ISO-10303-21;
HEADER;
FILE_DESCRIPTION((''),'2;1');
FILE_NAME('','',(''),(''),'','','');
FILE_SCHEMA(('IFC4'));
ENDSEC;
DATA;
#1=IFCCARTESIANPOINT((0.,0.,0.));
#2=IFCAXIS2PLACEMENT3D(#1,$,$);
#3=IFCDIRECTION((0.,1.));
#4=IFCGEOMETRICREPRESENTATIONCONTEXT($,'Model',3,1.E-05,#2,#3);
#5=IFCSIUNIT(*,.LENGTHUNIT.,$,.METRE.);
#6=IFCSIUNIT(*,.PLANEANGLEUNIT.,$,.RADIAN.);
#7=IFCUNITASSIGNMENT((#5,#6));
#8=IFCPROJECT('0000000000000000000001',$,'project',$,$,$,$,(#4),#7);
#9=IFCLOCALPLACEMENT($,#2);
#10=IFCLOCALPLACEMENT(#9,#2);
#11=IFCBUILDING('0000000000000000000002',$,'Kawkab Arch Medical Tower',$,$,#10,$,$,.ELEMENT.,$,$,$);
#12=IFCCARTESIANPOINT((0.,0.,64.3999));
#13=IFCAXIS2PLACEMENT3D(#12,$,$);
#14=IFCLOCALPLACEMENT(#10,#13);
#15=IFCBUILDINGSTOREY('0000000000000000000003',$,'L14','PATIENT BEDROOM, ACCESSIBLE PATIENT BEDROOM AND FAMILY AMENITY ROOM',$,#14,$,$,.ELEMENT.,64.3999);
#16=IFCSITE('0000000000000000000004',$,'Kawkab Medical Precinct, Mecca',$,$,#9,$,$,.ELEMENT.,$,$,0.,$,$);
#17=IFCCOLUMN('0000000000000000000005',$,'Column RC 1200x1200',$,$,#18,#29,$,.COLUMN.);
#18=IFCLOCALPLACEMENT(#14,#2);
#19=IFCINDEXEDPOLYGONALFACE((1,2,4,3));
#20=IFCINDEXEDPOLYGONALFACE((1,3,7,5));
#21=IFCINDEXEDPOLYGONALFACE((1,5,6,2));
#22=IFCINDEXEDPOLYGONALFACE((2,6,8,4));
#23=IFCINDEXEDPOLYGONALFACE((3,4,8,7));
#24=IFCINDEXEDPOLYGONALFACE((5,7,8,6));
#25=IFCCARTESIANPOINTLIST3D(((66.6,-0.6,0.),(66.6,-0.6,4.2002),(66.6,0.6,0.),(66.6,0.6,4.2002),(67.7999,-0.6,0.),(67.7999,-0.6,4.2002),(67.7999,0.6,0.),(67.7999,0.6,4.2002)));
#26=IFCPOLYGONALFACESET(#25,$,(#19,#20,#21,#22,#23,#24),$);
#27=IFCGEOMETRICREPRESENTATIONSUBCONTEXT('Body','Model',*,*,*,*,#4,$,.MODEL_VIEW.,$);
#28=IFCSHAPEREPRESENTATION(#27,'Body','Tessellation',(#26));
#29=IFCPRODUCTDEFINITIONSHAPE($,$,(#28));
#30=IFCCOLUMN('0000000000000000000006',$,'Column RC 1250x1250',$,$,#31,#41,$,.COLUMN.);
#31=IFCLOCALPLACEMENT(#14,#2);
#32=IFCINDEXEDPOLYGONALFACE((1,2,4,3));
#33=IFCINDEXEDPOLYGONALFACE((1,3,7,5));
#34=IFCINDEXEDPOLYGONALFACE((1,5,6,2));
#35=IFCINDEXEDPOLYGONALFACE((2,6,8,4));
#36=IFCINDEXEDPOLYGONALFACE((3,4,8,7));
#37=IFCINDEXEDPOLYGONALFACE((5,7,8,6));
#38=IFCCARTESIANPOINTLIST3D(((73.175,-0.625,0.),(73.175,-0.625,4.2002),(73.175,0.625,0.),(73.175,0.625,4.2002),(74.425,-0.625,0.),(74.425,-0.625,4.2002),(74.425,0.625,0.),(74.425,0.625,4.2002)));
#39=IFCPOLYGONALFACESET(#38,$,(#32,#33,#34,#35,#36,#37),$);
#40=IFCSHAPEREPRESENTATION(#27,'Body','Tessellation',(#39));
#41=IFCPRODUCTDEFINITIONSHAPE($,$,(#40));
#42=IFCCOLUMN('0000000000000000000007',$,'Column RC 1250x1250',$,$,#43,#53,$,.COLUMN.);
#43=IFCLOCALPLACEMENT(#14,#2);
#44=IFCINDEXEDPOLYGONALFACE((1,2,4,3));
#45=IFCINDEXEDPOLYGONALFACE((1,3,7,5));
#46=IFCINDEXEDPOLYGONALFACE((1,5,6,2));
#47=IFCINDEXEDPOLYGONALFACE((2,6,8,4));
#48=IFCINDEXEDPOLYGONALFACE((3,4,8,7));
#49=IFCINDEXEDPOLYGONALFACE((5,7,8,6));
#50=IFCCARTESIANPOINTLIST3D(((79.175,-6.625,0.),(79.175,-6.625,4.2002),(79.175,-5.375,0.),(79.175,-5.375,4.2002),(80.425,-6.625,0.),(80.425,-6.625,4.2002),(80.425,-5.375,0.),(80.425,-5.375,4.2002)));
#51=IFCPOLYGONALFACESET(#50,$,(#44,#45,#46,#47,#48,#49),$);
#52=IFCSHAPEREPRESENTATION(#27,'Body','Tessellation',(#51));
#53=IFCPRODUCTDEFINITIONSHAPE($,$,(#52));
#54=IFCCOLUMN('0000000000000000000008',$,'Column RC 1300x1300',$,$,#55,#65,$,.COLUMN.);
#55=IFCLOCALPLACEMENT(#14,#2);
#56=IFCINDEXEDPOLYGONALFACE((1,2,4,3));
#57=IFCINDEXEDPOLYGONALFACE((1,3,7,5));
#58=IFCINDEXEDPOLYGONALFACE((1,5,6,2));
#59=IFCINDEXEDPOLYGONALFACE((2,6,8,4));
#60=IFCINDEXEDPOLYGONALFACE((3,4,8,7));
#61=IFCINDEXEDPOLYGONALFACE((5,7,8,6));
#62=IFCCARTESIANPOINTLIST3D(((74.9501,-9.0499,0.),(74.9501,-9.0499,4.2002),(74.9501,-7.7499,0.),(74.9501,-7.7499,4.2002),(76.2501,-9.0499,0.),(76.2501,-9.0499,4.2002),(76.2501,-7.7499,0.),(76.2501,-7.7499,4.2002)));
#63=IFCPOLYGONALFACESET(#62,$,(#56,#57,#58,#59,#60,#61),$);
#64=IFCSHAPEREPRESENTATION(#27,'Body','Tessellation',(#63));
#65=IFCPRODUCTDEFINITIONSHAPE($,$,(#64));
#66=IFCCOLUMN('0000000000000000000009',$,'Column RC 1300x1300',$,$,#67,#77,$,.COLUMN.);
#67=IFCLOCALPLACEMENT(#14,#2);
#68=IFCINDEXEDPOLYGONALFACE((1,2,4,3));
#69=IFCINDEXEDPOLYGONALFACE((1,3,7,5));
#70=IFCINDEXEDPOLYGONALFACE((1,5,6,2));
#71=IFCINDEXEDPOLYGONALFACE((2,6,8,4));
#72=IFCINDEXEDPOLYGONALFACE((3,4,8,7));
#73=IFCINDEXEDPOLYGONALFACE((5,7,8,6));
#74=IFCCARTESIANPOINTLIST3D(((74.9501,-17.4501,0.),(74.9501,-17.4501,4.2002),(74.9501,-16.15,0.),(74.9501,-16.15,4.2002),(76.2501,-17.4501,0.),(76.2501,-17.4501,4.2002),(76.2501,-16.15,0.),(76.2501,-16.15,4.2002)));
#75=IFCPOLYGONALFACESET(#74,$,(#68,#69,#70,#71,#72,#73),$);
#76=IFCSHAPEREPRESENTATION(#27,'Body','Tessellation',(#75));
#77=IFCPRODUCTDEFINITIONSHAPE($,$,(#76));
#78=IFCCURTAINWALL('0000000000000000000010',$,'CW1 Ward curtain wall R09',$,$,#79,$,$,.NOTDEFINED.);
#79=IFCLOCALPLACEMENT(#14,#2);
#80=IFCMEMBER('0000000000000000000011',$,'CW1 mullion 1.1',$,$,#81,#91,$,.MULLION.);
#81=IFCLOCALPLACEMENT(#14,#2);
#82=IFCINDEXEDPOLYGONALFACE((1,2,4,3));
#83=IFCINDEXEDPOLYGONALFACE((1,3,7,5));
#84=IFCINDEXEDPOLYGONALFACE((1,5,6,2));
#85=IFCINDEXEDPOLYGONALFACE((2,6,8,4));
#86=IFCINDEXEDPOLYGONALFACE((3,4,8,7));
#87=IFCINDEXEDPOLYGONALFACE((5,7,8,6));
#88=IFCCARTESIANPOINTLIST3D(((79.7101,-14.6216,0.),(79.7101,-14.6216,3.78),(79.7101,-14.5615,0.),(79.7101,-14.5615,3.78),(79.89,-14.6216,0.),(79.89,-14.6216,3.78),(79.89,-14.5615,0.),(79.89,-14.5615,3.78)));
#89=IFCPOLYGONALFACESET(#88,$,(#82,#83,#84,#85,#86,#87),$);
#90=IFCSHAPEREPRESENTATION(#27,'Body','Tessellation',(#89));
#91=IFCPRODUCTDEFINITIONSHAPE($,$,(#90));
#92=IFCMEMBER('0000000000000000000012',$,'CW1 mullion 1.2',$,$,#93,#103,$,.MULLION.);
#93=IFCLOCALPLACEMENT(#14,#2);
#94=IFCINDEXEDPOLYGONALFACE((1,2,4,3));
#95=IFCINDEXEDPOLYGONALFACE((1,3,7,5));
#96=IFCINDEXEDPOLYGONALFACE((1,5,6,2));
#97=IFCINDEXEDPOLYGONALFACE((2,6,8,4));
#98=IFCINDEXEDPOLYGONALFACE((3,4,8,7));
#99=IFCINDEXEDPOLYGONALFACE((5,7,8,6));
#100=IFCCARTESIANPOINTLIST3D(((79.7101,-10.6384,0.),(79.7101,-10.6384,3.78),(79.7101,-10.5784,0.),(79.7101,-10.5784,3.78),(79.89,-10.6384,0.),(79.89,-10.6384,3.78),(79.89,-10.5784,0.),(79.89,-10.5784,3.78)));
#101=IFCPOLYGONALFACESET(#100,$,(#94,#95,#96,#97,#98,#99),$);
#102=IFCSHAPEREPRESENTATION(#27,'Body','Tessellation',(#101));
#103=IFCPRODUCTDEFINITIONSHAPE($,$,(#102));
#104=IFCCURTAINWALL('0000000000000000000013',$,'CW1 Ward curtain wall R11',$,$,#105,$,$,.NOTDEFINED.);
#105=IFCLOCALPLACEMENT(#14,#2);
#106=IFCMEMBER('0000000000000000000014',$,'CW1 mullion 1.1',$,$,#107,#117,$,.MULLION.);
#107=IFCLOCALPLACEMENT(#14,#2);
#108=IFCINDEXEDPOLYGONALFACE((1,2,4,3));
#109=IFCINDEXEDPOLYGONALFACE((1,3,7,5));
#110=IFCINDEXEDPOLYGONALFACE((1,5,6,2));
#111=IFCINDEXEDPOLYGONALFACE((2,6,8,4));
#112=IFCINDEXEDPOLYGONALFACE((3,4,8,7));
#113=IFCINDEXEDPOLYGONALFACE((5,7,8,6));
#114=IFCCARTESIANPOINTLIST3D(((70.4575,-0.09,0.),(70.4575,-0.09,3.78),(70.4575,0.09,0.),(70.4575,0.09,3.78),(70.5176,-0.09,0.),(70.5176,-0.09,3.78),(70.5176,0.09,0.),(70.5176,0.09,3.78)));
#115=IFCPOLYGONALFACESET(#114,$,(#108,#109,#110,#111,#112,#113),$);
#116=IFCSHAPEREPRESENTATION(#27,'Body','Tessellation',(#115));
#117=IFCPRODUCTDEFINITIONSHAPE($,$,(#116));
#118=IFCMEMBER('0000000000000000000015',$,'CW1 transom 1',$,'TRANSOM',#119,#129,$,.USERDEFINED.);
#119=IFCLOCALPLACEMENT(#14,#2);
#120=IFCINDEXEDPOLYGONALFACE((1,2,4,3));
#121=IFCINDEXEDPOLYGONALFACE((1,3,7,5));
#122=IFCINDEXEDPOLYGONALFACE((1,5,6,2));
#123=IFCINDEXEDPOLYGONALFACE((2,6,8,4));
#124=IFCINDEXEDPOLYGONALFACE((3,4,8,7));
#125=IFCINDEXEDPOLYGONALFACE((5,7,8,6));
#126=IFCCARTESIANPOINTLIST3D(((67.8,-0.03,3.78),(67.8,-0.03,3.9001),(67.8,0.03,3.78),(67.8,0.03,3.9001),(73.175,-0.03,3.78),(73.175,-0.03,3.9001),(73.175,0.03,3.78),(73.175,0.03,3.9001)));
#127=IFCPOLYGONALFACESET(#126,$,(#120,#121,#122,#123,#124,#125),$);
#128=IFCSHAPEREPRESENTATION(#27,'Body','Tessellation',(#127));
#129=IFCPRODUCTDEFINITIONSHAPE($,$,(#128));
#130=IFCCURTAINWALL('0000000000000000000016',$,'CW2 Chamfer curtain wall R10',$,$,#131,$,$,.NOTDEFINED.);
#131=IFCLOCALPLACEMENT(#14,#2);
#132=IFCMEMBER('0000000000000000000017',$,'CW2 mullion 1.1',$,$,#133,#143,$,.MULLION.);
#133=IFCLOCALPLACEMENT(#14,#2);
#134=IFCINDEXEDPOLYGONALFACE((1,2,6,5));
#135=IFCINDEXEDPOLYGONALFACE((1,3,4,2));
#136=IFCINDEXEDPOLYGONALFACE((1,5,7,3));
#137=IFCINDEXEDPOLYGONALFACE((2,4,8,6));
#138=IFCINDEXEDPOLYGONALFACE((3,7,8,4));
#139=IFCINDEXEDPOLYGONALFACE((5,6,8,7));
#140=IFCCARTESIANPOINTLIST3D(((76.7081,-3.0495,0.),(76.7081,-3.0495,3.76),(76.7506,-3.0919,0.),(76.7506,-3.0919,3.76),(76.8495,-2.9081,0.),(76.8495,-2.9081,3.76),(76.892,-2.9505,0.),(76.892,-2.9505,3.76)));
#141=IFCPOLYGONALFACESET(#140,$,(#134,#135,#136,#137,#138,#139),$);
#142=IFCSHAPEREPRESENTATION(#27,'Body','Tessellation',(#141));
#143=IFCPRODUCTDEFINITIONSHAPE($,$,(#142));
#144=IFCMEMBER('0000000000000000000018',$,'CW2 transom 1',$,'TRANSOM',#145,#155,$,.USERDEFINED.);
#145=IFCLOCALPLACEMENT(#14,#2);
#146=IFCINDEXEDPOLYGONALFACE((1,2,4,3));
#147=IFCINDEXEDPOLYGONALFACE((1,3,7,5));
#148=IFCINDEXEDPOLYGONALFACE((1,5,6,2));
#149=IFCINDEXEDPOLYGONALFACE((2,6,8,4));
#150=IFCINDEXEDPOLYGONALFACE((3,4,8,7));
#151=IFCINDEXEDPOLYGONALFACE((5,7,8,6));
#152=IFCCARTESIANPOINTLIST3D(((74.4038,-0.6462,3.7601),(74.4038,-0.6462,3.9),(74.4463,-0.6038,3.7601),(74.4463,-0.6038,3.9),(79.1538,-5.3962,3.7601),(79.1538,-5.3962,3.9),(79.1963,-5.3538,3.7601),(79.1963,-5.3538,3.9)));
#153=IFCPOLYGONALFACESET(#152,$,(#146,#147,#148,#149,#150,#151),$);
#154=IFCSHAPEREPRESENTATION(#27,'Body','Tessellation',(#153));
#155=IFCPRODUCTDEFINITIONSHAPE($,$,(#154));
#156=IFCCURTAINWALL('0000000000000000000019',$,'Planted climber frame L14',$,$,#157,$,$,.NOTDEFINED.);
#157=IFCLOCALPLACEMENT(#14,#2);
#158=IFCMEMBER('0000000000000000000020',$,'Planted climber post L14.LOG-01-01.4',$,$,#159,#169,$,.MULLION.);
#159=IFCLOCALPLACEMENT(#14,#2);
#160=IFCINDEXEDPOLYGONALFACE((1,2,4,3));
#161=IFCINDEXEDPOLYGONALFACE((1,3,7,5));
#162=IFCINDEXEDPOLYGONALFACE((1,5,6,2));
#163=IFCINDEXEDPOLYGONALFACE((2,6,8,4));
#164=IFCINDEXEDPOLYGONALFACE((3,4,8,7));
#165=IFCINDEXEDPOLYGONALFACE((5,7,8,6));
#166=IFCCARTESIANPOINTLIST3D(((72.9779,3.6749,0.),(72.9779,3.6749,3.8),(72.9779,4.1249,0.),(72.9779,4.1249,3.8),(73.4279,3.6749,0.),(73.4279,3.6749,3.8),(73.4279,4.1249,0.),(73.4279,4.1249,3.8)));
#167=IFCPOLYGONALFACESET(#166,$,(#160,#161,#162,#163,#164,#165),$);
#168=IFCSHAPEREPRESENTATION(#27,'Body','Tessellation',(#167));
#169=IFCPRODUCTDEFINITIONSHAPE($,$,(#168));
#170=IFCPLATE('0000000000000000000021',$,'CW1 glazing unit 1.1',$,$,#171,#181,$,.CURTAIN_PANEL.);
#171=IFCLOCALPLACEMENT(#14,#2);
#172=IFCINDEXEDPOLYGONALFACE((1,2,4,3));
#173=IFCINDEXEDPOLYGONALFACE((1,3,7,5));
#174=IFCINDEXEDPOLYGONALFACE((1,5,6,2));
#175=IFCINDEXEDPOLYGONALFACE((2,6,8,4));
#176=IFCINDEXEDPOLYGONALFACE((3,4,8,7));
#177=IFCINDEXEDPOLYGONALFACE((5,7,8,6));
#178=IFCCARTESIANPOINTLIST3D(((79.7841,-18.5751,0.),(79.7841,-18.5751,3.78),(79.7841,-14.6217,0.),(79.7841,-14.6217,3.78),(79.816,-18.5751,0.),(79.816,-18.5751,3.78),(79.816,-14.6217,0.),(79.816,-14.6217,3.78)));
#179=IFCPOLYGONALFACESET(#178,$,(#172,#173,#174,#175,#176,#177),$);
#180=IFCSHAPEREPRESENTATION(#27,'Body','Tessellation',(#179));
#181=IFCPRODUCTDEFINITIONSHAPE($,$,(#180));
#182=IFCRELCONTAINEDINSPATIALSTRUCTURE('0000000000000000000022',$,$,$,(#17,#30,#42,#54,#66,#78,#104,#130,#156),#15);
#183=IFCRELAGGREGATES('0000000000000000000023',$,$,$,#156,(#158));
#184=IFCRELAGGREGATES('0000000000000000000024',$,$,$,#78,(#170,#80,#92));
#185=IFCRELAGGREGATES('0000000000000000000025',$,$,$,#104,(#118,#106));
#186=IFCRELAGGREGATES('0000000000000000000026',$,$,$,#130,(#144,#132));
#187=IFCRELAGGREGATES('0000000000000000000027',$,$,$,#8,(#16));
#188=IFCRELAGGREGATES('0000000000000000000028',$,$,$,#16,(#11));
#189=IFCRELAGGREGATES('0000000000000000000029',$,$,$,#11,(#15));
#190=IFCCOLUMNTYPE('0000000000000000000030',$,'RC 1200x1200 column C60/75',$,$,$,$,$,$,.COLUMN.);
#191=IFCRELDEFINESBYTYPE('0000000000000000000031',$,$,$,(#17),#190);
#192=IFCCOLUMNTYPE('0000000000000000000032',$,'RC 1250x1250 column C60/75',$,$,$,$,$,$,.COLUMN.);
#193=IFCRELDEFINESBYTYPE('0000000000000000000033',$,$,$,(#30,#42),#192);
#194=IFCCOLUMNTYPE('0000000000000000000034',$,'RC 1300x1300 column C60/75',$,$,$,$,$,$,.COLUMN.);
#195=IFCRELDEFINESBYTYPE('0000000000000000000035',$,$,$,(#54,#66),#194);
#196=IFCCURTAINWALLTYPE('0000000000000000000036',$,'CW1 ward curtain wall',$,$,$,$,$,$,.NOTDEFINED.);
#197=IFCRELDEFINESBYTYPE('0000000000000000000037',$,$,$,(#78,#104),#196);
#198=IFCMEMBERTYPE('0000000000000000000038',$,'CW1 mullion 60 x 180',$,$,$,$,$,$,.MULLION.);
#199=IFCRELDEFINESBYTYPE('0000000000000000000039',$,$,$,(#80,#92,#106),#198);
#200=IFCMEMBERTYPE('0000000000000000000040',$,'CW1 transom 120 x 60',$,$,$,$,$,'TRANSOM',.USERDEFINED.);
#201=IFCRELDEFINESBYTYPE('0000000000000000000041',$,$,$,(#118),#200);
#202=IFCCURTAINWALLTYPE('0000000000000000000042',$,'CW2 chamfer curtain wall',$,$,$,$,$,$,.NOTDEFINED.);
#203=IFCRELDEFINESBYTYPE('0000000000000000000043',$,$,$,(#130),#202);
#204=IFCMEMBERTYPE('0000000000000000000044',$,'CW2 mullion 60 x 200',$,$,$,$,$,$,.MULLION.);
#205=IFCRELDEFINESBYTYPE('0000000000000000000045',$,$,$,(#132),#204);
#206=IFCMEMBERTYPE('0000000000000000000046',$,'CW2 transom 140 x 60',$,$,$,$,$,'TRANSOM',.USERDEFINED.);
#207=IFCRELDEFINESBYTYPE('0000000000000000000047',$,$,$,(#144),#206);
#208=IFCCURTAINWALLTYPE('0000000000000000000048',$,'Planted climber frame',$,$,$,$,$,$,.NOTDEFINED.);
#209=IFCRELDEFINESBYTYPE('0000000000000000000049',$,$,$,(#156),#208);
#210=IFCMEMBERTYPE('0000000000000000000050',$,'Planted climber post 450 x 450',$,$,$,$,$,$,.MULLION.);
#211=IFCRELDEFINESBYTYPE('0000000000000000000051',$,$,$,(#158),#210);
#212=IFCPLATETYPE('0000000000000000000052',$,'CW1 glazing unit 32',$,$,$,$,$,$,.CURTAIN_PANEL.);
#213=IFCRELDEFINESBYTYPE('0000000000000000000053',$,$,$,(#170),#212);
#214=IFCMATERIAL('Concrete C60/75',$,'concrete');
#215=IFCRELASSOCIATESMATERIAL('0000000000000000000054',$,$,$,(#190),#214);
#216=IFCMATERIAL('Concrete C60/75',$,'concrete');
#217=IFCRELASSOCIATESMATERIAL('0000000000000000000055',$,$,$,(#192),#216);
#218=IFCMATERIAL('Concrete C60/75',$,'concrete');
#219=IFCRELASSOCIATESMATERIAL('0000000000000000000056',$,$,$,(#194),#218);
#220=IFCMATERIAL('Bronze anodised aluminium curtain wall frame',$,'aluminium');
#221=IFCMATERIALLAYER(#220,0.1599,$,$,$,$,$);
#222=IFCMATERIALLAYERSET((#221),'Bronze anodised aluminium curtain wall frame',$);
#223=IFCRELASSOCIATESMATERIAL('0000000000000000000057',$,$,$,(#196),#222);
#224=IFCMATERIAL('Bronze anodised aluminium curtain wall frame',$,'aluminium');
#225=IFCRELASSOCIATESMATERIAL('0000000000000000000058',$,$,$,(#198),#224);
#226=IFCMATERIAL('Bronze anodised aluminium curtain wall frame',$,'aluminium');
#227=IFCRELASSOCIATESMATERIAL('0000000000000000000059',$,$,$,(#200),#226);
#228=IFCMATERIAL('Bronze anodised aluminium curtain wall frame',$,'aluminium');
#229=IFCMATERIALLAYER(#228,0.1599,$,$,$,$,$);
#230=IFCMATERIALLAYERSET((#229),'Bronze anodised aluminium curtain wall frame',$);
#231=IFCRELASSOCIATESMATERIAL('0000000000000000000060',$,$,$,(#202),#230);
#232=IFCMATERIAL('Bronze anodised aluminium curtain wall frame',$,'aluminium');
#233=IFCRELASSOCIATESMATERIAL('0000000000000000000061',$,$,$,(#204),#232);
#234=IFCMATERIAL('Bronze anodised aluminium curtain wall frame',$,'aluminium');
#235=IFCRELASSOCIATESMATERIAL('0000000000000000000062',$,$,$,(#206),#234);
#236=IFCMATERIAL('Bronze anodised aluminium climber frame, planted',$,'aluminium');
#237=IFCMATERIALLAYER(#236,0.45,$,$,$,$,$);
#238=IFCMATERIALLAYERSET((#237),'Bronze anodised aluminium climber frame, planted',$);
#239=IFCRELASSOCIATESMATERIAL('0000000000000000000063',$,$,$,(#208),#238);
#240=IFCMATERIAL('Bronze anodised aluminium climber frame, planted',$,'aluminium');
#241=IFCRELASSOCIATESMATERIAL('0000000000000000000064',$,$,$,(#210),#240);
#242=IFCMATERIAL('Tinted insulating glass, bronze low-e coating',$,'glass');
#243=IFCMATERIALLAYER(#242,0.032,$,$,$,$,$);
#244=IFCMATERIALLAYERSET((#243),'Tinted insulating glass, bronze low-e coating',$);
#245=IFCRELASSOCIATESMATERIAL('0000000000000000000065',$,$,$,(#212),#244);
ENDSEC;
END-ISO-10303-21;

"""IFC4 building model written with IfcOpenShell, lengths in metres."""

from ifc_helpers import new_model, si_unit, direction, frame, origin, origin_2d, place, context, subcontext, project, spatial, rectangle, extrude, material, layer, layer_set, material_profile, profile_set, type_object, element, aggregate, save


model = new_model("IFC4")

# Units and contexts
model_context = context("Model", 3, precision=1e-05, world=origin(), true_north=direction((0.0, 1.0)))
body_context = subcontext(model_context, "Body", "Model", "MODEL_VIEW")
ifc_project = project(units=[si_unit("LENGTHUNIT", "METRE"), si_unit("PLANEANGLEUNIT", "RADIAN")], contexts=[model_context])

# Site, building, storey
site_placement = place(None, origin())
site = spatial("IfcSite", under=ifc_project, at=site_placement, Name="Kawkab Medical Precinct, Mecca", CompositionType="ELEMENT", RefElevation=0.0)
building_placement = place(site_placement, origin())
building = spatial("IfcBuilding", under=site, at=building_placement, Name="Kawkab Arch Medical Tower", CompositionType="ELEMENT")
storey_placement = place(building_placement, frame((0.0, 0.0, 64.3999)))
storey = spatial("IfcBuildingStorey", under=building, at=storey_placement, Name="L14", Description="PATIENT BEDROOM, ACCESSIBLE PATIENT BEDROOM AND FAMILY AMENITY ROOM", CompositionType="ELEMENT", Elevation=64.3999)

# Columns
ifc_material_1 = material(Name="Concrete C60/75", Category="concrete")
ifc_material_profile_1 = material_profile(ifc_material_1, rectangle(XDim=1.2, YDim=1.2, at=origin_2d()), Name="RC 1200x1200")
ifc_profile_set_1 = profile_set([ifc_material_profile_1], Name="Concrete C60/75")
column_type_1 = type_object("IfcColumnType", Name="RC 1200x1200 column C60/75", PredefinedType="COLUMN", material=ifc_profile_set_1)
column_placement = place(storey_placement, frame((67.2, 0.0, 0.0), z_axis=(0.0, 0.0, 1.0), x_axis=(1.0, 0.0, 0.0)))
element("IfcColumn", 1, at=column_placement, inside=storey, type_object=column_type_1, Name="Column RC 1200x1200", PredefinedType="COLUMN", context=body_context, shape_type="SweptSolid", body=[
    extrude(rectangle(XDim=1.2, YDim=1.2, at=origin_2d()), origin(), (0.0, 0.0, 1.0), 4.2002),
])
ifc_material_2 = material(Name="Concrete C60/75", Category="concrete")
ifc_material_profile_2 = material_profile(ifc_material_2, rectangle(XDim=1.25, YDim=1.25, at=origin_2d()), Name="RC 1250x1250")
ifc_profile_set_2 = profile_set([ifc_material_profile_2], Name="Concrete C60/75")
column_type_2 = type_object("IfcColumnType", Name="RC 1250x1250 column C60/75", PredefinedType="COLUMN", material=ifc_profile_set_2)
for number, where, z_axis, x_axis, name in (
    (2, (73.8, 0.0, 0.0), (0.0, 0.0, 1.0), (1.0, 0.0, 0.0), "Column RC 1250x1250"),
    (3, (79.8, -6.0, 0.0), (0.0, 0.0, 1.0), (1.0, 0.0, 0.0), "Column RC 1250x1250"),
):
    element("IfcColumn", number, at=place(storey_placement, frame(where, z_axis=z_axis, x_axis=x_axis)), inside=storey, type_object=column_type_2, Name=name, PredefinedType="COLUMN", context=body_context, shape_type="SweptSolid", body=[
        extrude(rectangle(XDim=1.25, YDim=1.25, at=origin_2d()), origin(), (0.0, 0.0, 1.0), 4.2002),
    ])
ifc_material_3 = material(Name="Concrete C60/75", Category="concrete")
ifc_material_profile_3 = material_profile(ifc_material_3, rectangle(XDim=1.3, YDim=1.3, at=origin_2d()), Name="RC 1300x1300")
ifc_profile_set_3 = profile_set([ifc_material_profile_3], Name="Concrete C60/75")
column_type_3 = type_object("IfcColumnType", Name="RC 1300x1300 column C60/75", PredefinedType="COLUMN", material=ifc_profile_set_3)
for number, where, z_axis, x_axis, name in (
    (4, (75.6001, -8.3999, 0.0), (0.0, 0.0, 1.0), (1.0, 0.0, 0.0), "Column RC 1300x1300"),
    (5, (75.6001, -16.8, 0.0), (0.0, 0.0, 1.0), (1.0, 0.0, 0.0), "Column RC 1300x1300"),
):
    element("IfcColumn", number, at=place(storey_placement, frame(where, z_axis=z_axis, x_axis=x_axis)), inside=storey, type_object=column_type_3, Name=name, PredefinedType="COLUMN", context=body_context, shape_type="SweptSolid", body=[
        extrude(rectangle(XDim=1.3, YDim=1.3, at=origin_2d()), origin(), (0.0, 0.0, 1.0), 4.2002),
    ])

# Curtain walls, members
ifc_material_4 = material(Name="Bronze anodised aluminium curtain wall frame", Category="aluminium")
ifc_layer_1 = layer(ifc_material_4, 0.1599)
ifc_layer_set_1 = layer_set([ifc_layer_1], Name="Bronze anodised aluminium curtain wall frame")
curtain_wall_type_1 = type_object("IfcCurtainWallType", Name="CW1 ward curtain wall", PredefinedType="NOTDEFINED", material=ifc_layer_set_1)
placement = place(storey_placement, origin())
curtain_wall_1 = element("IfcCurtainWall", 6, at=placement, inside=storey, type_object=curtain_wall_type_1, Name="CW1 Ward curtain wall R09", PredefinedType="NOTDEFINED")
ifc_material_5 = material(Name="Bronze anodised aluminium curtain wall frame", Category="aluminium")
ifc_material_profile_4 = material_profile(ifc_material_5, rectangle(XDim=0.1799, YDim=0.0601, at=origin_2d()), Name="AL 60x180")
ifc_profile_set_4 = profile_set([ifc_material_profile_4], Name="Bronze anodised aluminium curtain wall frame")
member_type_1 = type_object("IfcMemberType", Name="CW1 mullion 60 x 180", PredefinedType="MULLION", material=ifc_profile_set_4)
member_1_placement = place(storey_placement, frame((79.8, -14.5916, 0.0), z_axis=(0.0, 0.0, 1.0), x_axis=(-1.0, 0.0, 0.0)))
member_1 = element("IfcMember", 7, at=member_1_placement, type_object=member_type_1, Name="CW1 mullion 1.1", PredefinedType="MULLION", context=body_context, shape_type="SweptSolid", body=[
    extrude(rectangle(XDim=0.1799, YDim=0.0601, at=origin_2d()), origin(), (0.0, 0.0, 1.0), 3.78),
])
member_2_placement = place(storey_placement, frame((79.8, -10.6084, 0.0), z_axis=(0.0, 0.0, 1.0), x_axis=(-1.0, 0.0, 0.0)))
member_2 = element("IfcMember", 8, at=member_2_placement, type_object=member_type_1, Name="CW1 mullion 1.2", PredefinedType="MULLION", context=body_context, shape_type="SweptSolid", body=[
    extrude(rectangle(XDim=0.1799, YDim=0.0601, at=origin_2d()), origin(), (0.0, 0.0, 1.0), 3.78),
])
curtain_wall_2 = element("IfcCurtainWall", 9, at=placement, inside=storey, type_object=curtain_wall_type_1, Name="CW1 Ward curtain wall R11", PredefinedType="NOTDEFINED")
member_3_placement = place(storey_placement, frame((70.4875, 0.0, 0.0), z_axis=(0.0, 0.0, 1.0), x_axis=(0.0, -1.0, 0.0)))
member_3 = element("IfcMember", 10, at=member_3_placement, type_object=member_type_1, Name="CW1 mullion 1.1", PredefinedType="MULLION", context=body_context, shape_type="SweptSolid", body=[
    extrude(rectangle(XDim=0.1799, YDim=0.0601, at=origin_2d()), origin(), (0.0, 0.0, 1.0), 3.78),
])
ifc_material_6 = material(Name="Bronze anodised aluminium curtain wall frame", Category="aluminium")
ifc_material_profile_5 = material_profile(ifc_material_6, rectangle(XDim=0.0601, YDim=0.1201, at=origin_2d()), Name="AL 60x120")
ifc_profile_set_5 = profile_set([ifc_material_profile_5], Name="Bronze anodised aluminium curtain wall frame")
member_type_2 = type_object("IfcMemberType", Name="CW1 transom 120 x 60", ElementType="TRANSOM", PredefinedType="USERDEFINED", material=ifc_profile_set_5)
member_4_placement = place(storey_placement, frame((73.175, 0.0, 3.8401), z_axis=(-1.0, 0.0, 0.0), x_axis=(0.0, -1.0, 0.0)))
member_4 = element("IfcMember", 11, at=member_4_placement, type_object=member_type_2, Name="CW1 transom 1", ObjectType="TRANSOM", PredefinedType="USERDEFINED", context=body_context, shape_type="SweptSolid", body=[
    extrude(rectangle(XDim=0.0601, YDim=0.1201, at=origin_2d()), origin(), (0.0, 0.0, 1.0), 5.375),
])
ifc_material_7 = material(Name="Bronze anodised aluminium curtain wall frame", Category="aluminium")
ifc_layer_2 = layer(ifc_material_7, 0.1599)
ifc_layer_set_2 = layer_set([ifc_layer_2], Name="Bronze anodised aluminium curtain wall frame")
curtain_wall_type_2 = type_object("IfcCurtainWallType", Name="CW2 chamfer curtain wall", PredefinedType="NOTDEFINED", material=ifc_layer_set_2)
curtain_wall_3 = element("IfcCurtainWall", 12, at=placement, inside=storey, type_object=curtain_wall_type_2, Name="CW2 Chamfer curtain wall R10", PredefinedType="NOTDEFINED")
ifc_material_8 = material(Name="Bronze anodised aluminium curtain wall frame", Category="aluminium")
ifc_material_profile_6 = material_profile(ifc_material_8, rectangle(XDim=0.2, YDim=0.0601, at=origin_2d()), Name="AL 60x200")
ifc_profile_set_6 = profile_set([ifc_material_profile_6], Name="Bronze anodised aluminium curtain wall frame")
member_type_3 = type_object("IfcMemberType", Name="CW2 mullion 60 x 200", PredefinedType="MULLION", material=ifc_profile_set_6)
member_5_placement = place(storey_placement, frame((76.8, -3.0, 0.0), z_axis=(0.0, 0.0, 1.0), x_axis=(-0.707107, -0.707107, 0.0)))
member_5 = element("IfcMember", 13, at=member_5_placement, type_object=member_type_3, Name="CW2 mullion 1.1", PredefinedType="MULLION", context=body_context, shape_type="SweptSolid", body=[
    extrude(rectangle(XDim=0.2, YDim=0.0601, at=origin_2d()), origin(), (0.0, 0.0, 1.0), 3.76),
])
ifc_material_9 = material(Name="Bronze anodised aluminium curtain wall frame", Category="aluminium")
ifc_material_profile_7 = material_profile(ifc_material_9, rectangle(XDim=0.0601, YDim=0.1399, at=origin_2d()), Name="AL 60x140")
ifc_profile_set_7 = profile_set([ifc_material_profile_7], Name="Bronze anodised aluminium curtain wall frame")
member_type_4 = type_object("IfcMemberType", Name="CW2 transom 140 x 60", ElementType="TRANSOM", PredefinedType="USERDEFINED", material=ifc_profile_set_7)
member_6_placement = place(storey_placement, frame((79.175, -5.375, 3.8301), z_axis=(-0.707107, 0.707107, 0.0), x_axis=(-0.707107, -0.707107, 0.0)))
member_6 = element("IfcMember", 14, at=member_6_placement, type_object=member_type_4, Name="CW2 transom 1", ObjectType="TRANSOM", PredefinedType="USERDEFINED", context=body_context, shape_type="SweptSolid", body=[
    extrude(rectangle(XDim=0.0601, YDim=0.1399, at=origin_2d()), origin(), (0.0, 0.0, 1.0), 6.7175),
])

# Curtain wall, member
ifc_material_10 = material(Name="Bronze anodised aluminium climber frame, planted", Category="aluminium")
ifc_layer_3 = layer(ifc_material_10, 0.45)
ifc_layer_set_3 = layer_set([ifc_layer_3], Name="Bronze anodised aluminium climber frame, planted")
curtain_wall_type_3 = type_object("IfcCurtainWallType", Name="Planted climber frame", PredefinedType="NOTDEFINED", material=ifc_layer_set_3)
curtain_wall_4 = element("IfcCurtainWall", 15, at=placement, inside=storey, type_object=curtain_wall_type_3, Name="Planted climber frame L14", PredefinedType="NOTDEFINED")
ifc_material_11 = material(Name="Bronze anodised aluminium climber frame, planted", Category="aluminium")
ifc_material_profile_8 = material_profile(ifc_material_11, rectangle(XDim=0.45, YDim=0.45, at=origin_2d()), Name="Post 450x450")
ifc_profile_set_8 = profile_set([ifc_material_profile_8], Name="Bronze anodised aluminium climber frame, planted")
member_type_5 = type_object("IfcMemberType", Name="Planted climber post 450 x 450", PredefinedType="MULLION", material=ifc_profile_set_8)
member_7_placement = place(storey_placement, frame((73.2029, 3.8999, 0.0), z_axis=(0.0, 0.0, 1.0), x_axis=(1.0, 0.0, 0.0)))
member_7 = element("IfcMember", 16, at=member_7_placement, type_object=member_type_5, Name="Planted climber post L14.LOG-01-01.4", PredefinedType="MULLION", context=body_context, shape_type="SweptSolid", body=[
    extrude(rectangle(XDim=0.45, YDim=0.45, at=origin_2d()), origin(), (0.0, 0.0, 1.0), 3.8),
])
aggregate(curtain_wall_4, [member_7])

# Plate
ifc_material_12 = material(Name="Tinted insulating glass, bronze low-e coating", Category="glass")
ifc_layer_4 = layer(ifc_material_12, 0.032)
ifc_layer_set_4 = layer_set([ifc_layer_4], Name="Tinted insulating glass, bronze low-e coating")
plate_type_1 = type_object("IfcPlateType", Name="CW1 glazing unit 32", PredefinedType="CURTAIN_PANEL", material=ifc_layer_set_4)
plate_1_placement = place(storey_placement, frame((79.8, -16.5984, 0.0), z_axis=(0.0, 0.0, 1.0), x_axis=(0.0, 1.0, 0.0)))
plate_1 = element("IfcPlate", 17, at=plate_1_placement, type_object=plate_type_1, Name="CW1 glazing unit 1.1", PredefinedType="CURTAIN_PANEL", context=body_context, shape_type="SweptSolid", body=[
    extrude(rectangle(XDim=3.9534, YDim=0.032, at=origin_2d()), origin(), (0.0, 0.0, 1.0), 3.78),
])
aggregate(curtain_wall_1, [plate_1, member_1, member_2])
aggregate(curtain_wall_2, [member_4, member_3])
aggregate(curtain_wall_3, [member_6, member_5])

save(model, "model.ifc")
